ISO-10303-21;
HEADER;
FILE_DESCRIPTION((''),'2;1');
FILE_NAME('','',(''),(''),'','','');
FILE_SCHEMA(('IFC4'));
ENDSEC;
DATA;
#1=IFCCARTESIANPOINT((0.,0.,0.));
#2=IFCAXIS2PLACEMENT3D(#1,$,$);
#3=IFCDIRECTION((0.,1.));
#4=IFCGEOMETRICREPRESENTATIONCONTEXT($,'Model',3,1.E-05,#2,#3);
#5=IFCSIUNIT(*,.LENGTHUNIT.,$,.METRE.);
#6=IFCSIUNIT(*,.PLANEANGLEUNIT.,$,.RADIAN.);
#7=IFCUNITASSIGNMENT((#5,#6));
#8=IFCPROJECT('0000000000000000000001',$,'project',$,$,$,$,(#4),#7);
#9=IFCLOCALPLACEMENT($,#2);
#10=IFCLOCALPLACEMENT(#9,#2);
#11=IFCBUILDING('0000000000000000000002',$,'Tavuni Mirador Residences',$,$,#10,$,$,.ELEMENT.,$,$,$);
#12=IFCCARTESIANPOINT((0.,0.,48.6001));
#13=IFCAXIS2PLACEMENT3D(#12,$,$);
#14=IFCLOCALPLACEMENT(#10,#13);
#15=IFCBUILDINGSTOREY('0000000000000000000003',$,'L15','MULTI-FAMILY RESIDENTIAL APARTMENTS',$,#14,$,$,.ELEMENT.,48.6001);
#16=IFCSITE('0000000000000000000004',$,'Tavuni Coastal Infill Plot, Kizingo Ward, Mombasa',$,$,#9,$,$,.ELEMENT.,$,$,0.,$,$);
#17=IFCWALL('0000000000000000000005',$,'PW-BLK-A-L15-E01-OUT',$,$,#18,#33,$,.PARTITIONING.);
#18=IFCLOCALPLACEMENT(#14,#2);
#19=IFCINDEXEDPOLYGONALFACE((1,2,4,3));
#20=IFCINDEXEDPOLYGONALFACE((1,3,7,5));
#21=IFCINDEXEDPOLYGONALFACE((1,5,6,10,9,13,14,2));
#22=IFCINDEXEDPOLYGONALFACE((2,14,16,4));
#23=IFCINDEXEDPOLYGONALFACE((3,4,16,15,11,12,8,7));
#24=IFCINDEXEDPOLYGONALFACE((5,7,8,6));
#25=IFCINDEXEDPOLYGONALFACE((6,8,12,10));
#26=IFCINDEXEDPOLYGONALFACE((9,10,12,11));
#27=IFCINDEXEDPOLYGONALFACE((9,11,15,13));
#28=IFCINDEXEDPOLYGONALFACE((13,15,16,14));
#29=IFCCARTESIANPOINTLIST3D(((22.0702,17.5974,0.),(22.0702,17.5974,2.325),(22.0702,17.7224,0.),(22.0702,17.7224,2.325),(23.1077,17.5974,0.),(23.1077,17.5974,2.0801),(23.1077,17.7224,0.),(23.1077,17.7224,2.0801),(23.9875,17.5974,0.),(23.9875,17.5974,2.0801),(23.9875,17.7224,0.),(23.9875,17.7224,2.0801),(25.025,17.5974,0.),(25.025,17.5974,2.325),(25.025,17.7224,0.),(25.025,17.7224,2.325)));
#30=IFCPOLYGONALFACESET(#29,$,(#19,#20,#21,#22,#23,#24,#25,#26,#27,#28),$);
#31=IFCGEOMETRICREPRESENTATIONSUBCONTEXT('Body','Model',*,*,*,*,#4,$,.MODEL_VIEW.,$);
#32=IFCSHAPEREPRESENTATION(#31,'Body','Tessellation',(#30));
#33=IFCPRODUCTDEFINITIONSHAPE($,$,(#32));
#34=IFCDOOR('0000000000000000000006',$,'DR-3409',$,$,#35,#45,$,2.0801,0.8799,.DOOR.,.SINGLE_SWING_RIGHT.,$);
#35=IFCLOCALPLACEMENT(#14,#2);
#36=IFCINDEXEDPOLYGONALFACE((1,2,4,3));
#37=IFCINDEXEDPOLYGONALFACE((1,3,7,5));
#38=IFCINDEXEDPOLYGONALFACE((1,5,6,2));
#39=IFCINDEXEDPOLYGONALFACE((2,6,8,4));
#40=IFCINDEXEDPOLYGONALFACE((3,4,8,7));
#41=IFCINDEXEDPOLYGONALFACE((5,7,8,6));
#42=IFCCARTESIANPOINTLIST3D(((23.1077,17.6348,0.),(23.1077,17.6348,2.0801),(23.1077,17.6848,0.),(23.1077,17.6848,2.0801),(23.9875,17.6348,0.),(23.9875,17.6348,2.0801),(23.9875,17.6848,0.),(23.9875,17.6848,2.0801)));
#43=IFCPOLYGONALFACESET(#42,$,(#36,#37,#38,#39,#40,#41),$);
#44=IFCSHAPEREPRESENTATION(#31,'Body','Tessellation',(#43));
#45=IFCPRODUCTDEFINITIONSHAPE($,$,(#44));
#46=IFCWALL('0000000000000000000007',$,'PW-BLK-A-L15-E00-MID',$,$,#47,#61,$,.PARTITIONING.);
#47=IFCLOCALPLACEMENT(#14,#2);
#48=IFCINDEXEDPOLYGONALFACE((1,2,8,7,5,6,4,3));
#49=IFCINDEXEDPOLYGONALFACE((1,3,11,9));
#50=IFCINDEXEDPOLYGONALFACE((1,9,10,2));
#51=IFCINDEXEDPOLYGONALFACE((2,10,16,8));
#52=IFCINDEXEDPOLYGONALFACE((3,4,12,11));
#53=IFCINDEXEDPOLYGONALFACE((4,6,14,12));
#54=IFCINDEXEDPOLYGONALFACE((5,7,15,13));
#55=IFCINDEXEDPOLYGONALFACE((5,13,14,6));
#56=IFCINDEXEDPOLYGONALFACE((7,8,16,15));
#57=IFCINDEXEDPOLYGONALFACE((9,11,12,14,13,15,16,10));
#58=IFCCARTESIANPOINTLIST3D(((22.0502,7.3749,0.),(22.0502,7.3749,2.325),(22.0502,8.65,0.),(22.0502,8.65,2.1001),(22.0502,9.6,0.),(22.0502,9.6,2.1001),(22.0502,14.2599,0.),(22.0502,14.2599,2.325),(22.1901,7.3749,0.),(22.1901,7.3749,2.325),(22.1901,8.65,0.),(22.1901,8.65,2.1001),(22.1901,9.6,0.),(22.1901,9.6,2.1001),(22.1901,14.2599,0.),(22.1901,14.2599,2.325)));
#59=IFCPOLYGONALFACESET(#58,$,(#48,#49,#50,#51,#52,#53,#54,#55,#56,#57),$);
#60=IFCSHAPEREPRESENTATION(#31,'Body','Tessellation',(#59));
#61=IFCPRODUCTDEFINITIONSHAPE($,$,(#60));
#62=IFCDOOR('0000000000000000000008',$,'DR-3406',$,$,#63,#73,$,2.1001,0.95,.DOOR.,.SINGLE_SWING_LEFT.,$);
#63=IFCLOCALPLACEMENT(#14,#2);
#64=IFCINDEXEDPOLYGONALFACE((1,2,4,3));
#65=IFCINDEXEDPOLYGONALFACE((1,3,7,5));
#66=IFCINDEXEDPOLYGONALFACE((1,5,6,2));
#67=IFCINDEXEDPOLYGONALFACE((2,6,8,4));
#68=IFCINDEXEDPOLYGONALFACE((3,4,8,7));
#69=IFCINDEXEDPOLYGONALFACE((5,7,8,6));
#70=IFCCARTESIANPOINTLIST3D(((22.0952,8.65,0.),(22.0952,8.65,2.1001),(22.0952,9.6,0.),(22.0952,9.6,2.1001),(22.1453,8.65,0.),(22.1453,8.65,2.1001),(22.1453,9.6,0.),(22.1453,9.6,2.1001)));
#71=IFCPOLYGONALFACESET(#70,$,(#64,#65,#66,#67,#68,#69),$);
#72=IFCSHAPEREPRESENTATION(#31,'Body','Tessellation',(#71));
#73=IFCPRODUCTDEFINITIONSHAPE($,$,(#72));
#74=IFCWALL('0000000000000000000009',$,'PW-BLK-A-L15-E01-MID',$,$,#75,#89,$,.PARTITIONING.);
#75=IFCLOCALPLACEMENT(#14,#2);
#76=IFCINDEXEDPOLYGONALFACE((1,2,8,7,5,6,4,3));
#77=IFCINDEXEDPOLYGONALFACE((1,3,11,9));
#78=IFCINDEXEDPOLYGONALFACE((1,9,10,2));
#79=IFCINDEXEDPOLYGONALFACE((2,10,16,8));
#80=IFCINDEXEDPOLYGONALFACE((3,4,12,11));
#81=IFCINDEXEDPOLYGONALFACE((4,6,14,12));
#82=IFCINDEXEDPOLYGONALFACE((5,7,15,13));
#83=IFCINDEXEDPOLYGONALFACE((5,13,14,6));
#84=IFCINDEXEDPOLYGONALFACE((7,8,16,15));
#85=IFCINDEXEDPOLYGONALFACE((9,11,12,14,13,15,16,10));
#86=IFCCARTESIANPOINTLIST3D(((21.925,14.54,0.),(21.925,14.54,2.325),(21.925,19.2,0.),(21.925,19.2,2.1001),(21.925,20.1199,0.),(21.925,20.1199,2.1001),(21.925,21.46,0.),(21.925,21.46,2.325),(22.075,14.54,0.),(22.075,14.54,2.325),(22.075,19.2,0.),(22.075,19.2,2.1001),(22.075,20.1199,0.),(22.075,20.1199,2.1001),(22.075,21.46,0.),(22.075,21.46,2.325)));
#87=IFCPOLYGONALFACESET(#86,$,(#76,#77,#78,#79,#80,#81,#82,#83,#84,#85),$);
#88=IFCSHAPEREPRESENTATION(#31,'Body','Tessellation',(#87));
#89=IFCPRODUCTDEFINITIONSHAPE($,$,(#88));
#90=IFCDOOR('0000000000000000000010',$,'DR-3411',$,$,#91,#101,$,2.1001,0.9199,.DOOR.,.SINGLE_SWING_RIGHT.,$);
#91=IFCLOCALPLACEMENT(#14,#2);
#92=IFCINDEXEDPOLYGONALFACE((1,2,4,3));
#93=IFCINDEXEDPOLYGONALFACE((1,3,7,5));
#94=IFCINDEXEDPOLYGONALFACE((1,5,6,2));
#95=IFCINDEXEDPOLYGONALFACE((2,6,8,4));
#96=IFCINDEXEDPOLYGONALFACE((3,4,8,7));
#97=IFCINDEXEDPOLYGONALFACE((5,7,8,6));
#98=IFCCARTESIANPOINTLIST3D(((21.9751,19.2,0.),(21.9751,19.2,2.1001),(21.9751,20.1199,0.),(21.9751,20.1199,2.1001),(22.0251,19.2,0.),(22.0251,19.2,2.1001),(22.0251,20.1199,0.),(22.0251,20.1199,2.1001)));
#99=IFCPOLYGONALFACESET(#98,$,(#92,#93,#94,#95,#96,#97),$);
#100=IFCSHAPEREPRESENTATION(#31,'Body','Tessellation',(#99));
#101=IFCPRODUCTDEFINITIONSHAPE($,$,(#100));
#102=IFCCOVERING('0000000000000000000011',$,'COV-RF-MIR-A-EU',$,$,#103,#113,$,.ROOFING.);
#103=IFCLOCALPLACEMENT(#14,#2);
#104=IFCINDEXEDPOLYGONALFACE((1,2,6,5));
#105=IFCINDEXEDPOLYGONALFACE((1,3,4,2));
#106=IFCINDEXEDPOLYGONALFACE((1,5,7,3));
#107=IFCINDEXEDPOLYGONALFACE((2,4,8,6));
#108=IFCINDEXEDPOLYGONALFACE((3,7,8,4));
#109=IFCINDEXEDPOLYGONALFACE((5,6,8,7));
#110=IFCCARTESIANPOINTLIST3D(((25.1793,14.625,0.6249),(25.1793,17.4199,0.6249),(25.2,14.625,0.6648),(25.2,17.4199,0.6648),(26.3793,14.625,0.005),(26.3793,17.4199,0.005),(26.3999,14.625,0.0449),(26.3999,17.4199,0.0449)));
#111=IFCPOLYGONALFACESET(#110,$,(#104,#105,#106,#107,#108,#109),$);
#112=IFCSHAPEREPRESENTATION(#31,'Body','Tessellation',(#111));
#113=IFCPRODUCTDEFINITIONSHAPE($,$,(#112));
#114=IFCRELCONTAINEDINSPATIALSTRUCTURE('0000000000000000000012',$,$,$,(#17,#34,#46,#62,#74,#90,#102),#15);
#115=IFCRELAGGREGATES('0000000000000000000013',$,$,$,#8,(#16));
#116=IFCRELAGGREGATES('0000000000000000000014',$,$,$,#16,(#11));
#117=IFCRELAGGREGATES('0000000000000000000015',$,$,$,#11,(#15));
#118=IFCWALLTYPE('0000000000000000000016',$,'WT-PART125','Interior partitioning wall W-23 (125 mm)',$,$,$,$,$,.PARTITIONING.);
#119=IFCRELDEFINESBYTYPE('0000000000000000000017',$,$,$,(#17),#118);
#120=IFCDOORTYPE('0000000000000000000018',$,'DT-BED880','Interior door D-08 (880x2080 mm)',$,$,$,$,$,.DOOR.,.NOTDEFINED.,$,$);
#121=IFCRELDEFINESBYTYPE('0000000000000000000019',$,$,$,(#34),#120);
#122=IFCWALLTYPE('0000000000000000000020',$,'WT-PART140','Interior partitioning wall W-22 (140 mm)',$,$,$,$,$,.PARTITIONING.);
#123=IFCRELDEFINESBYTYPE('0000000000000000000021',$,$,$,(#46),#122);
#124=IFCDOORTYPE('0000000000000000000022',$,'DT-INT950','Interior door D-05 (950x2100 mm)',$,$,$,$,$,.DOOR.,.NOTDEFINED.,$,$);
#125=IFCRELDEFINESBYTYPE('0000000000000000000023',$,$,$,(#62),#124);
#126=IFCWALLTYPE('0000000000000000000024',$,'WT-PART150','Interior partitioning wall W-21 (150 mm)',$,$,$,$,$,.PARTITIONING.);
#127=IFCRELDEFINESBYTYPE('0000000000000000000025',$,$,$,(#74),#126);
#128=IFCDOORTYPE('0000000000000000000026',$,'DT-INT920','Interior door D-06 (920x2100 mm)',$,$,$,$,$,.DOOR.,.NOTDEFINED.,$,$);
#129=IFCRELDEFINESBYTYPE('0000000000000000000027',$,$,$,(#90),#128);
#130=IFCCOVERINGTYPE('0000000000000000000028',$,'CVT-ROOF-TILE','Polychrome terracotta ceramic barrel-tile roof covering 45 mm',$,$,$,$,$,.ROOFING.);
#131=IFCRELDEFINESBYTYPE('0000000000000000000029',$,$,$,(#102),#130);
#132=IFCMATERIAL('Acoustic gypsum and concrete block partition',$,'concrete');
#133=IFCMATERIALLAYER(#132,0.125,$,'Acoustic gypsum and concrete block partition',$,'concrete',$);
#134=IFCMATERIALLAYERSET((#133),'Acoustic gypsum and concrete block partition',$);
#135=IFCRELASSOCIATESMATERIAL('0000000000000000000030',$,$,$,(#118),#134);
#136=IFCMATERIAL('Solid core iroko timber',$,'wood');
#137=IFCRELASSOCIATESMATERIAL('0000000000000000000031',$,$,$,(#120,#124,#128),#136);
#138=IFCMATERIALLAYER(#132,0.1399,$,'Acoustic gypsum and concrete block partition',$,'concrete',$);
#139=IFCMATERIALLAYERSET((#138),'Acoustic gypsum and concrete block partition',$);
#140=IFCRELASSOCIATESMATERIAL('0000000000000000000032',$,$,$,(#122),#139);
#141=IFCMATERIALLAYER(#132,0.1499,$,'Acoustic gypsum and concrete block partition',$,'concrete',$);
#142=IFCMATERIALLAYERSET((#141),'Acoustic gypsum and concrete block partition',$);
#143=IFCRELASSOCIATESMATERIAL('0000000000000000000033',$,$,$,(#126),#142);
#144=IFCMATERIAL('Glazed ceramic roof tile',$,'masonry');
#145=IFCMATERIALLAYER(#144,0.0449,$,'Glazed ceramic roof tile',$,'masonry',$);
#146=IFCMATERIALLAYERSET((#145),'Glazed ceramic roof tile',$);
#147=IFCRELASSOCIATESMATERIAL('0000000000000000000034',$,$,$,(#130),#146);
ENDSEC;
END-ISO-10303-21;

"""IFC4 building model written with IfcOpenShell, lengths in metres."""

from ifc_helpers import new_model, si_unit, direction, frame, frame_2d, origin, place, context, subcontext, project, spatial, polyline, rectangle, outline, extrude, material, layer, layer_set, type_object, element, fill, save


model = new_model("IFC4")

# Units and contexts
model_context = context("Model", 3, precision=1e-05, world=origin(), true_north=direction((0.0, 1.0)))
body_context = subcontext(model_context, "Body", "Model", "MODEL_VIEW")
ifc_project = project(units=[si_unit("LENGTHUNIT", "METRE"), si_unit("PLANEANGLEUNIT", "RADIAN")], contexts=[model_context])

# Site, building, storey
site_placement = place(None, origin())
site = spatial("IfcSite", under=ifc_project, at=site_placement, Name="Tavuni Coastal Infill Plot, Kizingo Ward, Mombasa", CompositionType="ELEMENT", RefElevation=0.0)
building_placement = place(site_placement, origin())
building = spatial("IfcBuilding", under=site, at=building_placement, Name="Tavuni Mirador Residences", CompositionType="ELEMENT")
storey_placement = place(building_placement, frame((0.0, 0.0, 48.6001)))
storey = spatial("IfcBuildingStorey", under=building, at=storey_placement, Name="L15", Description="MULTI-FAMILY RESIDENTIAL APARTMENTS", CompositionType="ELEMENT", Elevation=48.6001)

# Shared definitions
ifc_material_1 = material(Name="Solid core iroko timber", Category="wood")

# Walls, openings, doors
ifc_material_2 = material(Name="Acoustic gypsum and concrete block partition", Category="concrete")
ifc_layer_1 = layer(ifc_material_2, 0.125, Name="Acoustic gypsum and concrete block partition", Category="concrete")
ifc_layer_set_1 = layer_set([ifc_layer_1], Name="Acoustic gypsum and concrete block partition")
wall_type_1 = type_object("IfcWallType", Name="WT-PART125", Description="Interior partitioning wall W-23 (125 mm)", PredefinedType="PARTITIONING", material=ifc_layer_set_1)
wall_1_placement = place(storey_placement, frame((22.0701, 17.6599, 0.0), z_axis=(0.0, 0.0, 1.0), x_axis=(1.0, 0.0, 0.0)))
wall_1 = element("IfcWall", 1, at=wall_1_placement, inside=storey, type_object=wall_type_1, Name="PW-BLK-A-L15-E01-OUT", PredefinedType="PARTITIONING", context=body_context, shape_type="SweptSolid", body=[
    extrude(rectangle(XDim=2.9548, YDim=0.125, at=frame_2d((1.4775, 0.0))), origin(), (0.0, 0.0, 1.0), 2.325),
])
opening_1_placement = place(wall_1_placement, frame((1.0376, 0.0, 0.0)))
opening_1 = element("IfcOpeningElement", 2, at=opening_1_placement, cuts=wall_1, PredefinedType="OPENING", context=body_context, shape_type="SweptSolid", body=[
    extrude(rectangle(XDim=0.8799, YDim=2.0801, at=frame_2d((0.4399, 1.04))), frame((0.0, 0.0725, 0.0), z_axis=(0.0, -1.0, 0.0), x_axis=(1.0, 0.0, 0.0)), (0.0, 0.0, 1.0), 0.145),
])
door_type_1 = type_object("IfcDoorType", Name="DT-BED880", Description="Interior door D-08 (880x2080 mm)", OperationType="NOTDEFINED", PredefinedType="DOOR", material=ifc_material_1)
door_1_placement = place(opening_1_placement, origin())
door_1 = element("IfcDoor", 3, at=door_1_placement, inside=storey, type_object=door_type_1, Name="DR-3409", OperationType="SINGLE_SWING_RIGHT", OverallHeight=2.0801, OverallWidth=0.8799, PredefinedType="DOOR", context=body_context, shape_type="SweptSolid", body=[
    extrude(rectangle(XDim=0.8799, YDim=2.0801, at=frame_2d((0.4399, 1.04))), frame((0.0, 0.0249, 0.0), z_axis=(0.0, -1.0, 0.0), x_axis=(1.0, 0.0, 0.0)), (0.0, 0.0, 1.0), 0.05),
])
fill(opening_1, door_1)
ifc_layer_2 = layer(ifc_material_2, 0.1399, Name="Acoustic gypsum and concrete block partition", Category="concrete")
ifc_layer_set_2 = layer_set([ifc_layer_2], Name="Acoustic gypsum and concrete block partition")
wall_type_2 = type_object("IfcWallType", Name="WT-PART140", Description="Interior partitioning wall W-22 (140 mm)", PredefinedType="PARTITIONING", material=ifc_layer_set_2)
wall_2_placement = place(storey_placement, frame((22.1201, 7.375, 0.0), z_axis=(0.0, 0.0, 1.0), x_axis=(0.0, 1.0, 0.0)))
wall_2 = element("IfcWall", 4, at=wall_2_placement, inside=storey, type_object=wall_type_2, Name="PW-BLK-A-L15-E00-MID", PredefinedType="PARTITIONING", context=body_context, shape_type="SweptSolid", body=[
    extrude(rectangle(XDim=6.885, YDim=0.1399, at=frame_2d((3.4424, 0.0))), origin(), (0.0, 0.0, 1.0), 2.325),
])
opening_2_placement = place(wall_2_placement, frame((1.2749, 0.0, 0.0)))
opening_2 = element("IfcOpeningElement", 5, at=opening_2_placement, cuts=wall_2, PredefinedType="OPENING", context=body_context, shape_type="SweptSolid", body=[
    extrude(rectangle(XDim=0.95, YDim=2.1001, at=frame_2d((0.4751, 1.05))), frame((0.0, 0.0801, 0.0), z_axis=(0.0, -1.0, 0.0), x_axis=(1.0, 0.0, 0.0)), (0.0, 0.0, 1.0), 0.1599),
])
door_type_2 = type_object("IfcDoorType", Name="DT-INT950", Description="Interior door D-05 (950x2100 mm)", OperationType="NOTDEFINED", PredefinedType="DOOR", material=ifc_material_1)
door_2_placement = place(opening_2_placement, origin())
door_2 = element("IfcDoor", 6, at=door_2_placement, inside=storey, type_object=door_type_2, Name="DR-3406", OperationType="SINGLE_SWING_LEFT", OverallHeight=2.1001, OverallWidth=0.95, PredefinedType="DOOR", context=body_context, shape_type="SweptSolid", body=[
    extrude(rectangle(XDim=0.95, YDim=2.1001, at=frame_2d((0.4751, 1.05))), frame((0.0, 0.0249, 0.0), z_axis=(0.0, -1.0, 0.0), x_axis=(1.0, 0.0, 0.0)), (0.0, 0.0, 1.0), 0.05),
])
fill(opening_2, door_2)
ifc_layer_3 = layer(ifc_material_2, 0.1499, Name="Acoustic gypsum and concrete block partition", Category="concrete")
ifc_layer_set_3 = layer_set([ifc_layer_3], Name="Acoustic gypsum and concrete block partition")
wall_type_3 = type_object("IfcWallType", Name="WT-PART150", Description="Interior partitioning wall W-21 (150 mm)", PredefinedType="PARTITIONING", material=ifc_layer_set_3)
wall_3_placement = place(storey_placement, frame((22.0, 14.54, 0.0), z_axis=(0.0, 0.0, 1.0), x_axis=(0.0, 1.0, 0.0)))
wall_3 = element("IfcWall", 7, at=wall_3_placement, inside=storey, type_object=wall_type_3, Name="PW-BLK-A-L15-E01-MID", PredefinedType="PARTITIONING", context=body_context, shape_type="SweptSolid", body=[
    extrude(rectangle(XDim=6.9199, YDim=0.1499, at=frame_2d((3.46, 0.0))), origin(), (0.0, 0.0, 1.0), 2.325),
])
opening_3_placement = place(wall_3_placement, frame((4.6599, 0.0, 0.0)))
opening_3 = element("IfcOpeningElement", 8, at=opening_3_placement, cuts=wall_3, PredefinedType="OPENING", context=body_context, shape_type="SweptSolid", body=[
    extrude(rectangle(XDim=0.9199, YDim=2.1001, at=frame_2d((0.46, 1.05))), frame((0.0, 0.085, 0.0), z_axis=(0.0, -1.0, 0.0), x_axis=(1.0, 0.0, 0.0)), (0.0, 0.0, 1.0), 0.1699),
])
door_type_3 = type_object("IfcDoorType", Name="DT-INT920", Description="Interior door D-06 (920x2100 mm)", OperationType="NOTDEFINED", PredefinedType="DOOR", material=ifc_material_1)
door_3_placement = place(opening_3_placement, origin())
door_3 = element("IfcDoor", 9, at=door_3_placement, inside=storey, type_object=door_type_3, Name="DR-3411", OperationType="SINGLE_SWING_RIGHT", OverallHeight=2.1001, OverallWidth=0.9199, PredefinedType="DOOR", context=body_context, shape_type="SweptSolid", body=[
    extrude(rectangle(XDim=0.9199, YDim=2.1001, at=frame_2d((0.46, 1.05))), frame((0.0, 0.0249, 0.0), z_axis=(0.0, -1.0, 0.0), x_axis=(1.0, 0.0, 0.0)), (0.0, 0.0, 1.0), 0.05),
])
fill(opening_3, door_3)

# Covering
ifc_material_3 = material(Name="Glazed ceramic roof tile", Category="masonry")
ifc_layer_4 = layer(ifc_material_3, 0.0449, Name="Glazed ceramic roof tile", Category="masonry")
ifc_layer_set_4 = layer_set([ifc_layer_4], Name="Glazed ceramic roof tile")
covering_type = type_object("IfcCoveringType", Name="CVT-ROOF-TILE", Description="Polychrome terracotta ceramic barrel-tile roof covering 45 mm", PredefinedType="ROOFING", material=ifc_layer_set_4)
covering_placement = place(storey_placement, frame((25.2, 14.625, 0.6648), z_axis=(0.458961, 0.0, 0.888457), x_axis=(0.0, 1.0, 0.0)))
element("IfcCovering", 10, at=covering_placement, inside=storey, type_object=covering_type, Name="COV-RF-MIR-A-EU", PredefinedType="ROOFING", context=body_context, shape_type="SweptSolid", body=[
    extrude(outline(polyline([(0.0, 0.0), (2.7949, 0.0), (2.7949, -1.3506), (0.0, -1.3506), (0.0, 0.0)])), origin(), (0.0, 0.0, -1.0), 0.0449),
])

save(model, "model.ifc")
